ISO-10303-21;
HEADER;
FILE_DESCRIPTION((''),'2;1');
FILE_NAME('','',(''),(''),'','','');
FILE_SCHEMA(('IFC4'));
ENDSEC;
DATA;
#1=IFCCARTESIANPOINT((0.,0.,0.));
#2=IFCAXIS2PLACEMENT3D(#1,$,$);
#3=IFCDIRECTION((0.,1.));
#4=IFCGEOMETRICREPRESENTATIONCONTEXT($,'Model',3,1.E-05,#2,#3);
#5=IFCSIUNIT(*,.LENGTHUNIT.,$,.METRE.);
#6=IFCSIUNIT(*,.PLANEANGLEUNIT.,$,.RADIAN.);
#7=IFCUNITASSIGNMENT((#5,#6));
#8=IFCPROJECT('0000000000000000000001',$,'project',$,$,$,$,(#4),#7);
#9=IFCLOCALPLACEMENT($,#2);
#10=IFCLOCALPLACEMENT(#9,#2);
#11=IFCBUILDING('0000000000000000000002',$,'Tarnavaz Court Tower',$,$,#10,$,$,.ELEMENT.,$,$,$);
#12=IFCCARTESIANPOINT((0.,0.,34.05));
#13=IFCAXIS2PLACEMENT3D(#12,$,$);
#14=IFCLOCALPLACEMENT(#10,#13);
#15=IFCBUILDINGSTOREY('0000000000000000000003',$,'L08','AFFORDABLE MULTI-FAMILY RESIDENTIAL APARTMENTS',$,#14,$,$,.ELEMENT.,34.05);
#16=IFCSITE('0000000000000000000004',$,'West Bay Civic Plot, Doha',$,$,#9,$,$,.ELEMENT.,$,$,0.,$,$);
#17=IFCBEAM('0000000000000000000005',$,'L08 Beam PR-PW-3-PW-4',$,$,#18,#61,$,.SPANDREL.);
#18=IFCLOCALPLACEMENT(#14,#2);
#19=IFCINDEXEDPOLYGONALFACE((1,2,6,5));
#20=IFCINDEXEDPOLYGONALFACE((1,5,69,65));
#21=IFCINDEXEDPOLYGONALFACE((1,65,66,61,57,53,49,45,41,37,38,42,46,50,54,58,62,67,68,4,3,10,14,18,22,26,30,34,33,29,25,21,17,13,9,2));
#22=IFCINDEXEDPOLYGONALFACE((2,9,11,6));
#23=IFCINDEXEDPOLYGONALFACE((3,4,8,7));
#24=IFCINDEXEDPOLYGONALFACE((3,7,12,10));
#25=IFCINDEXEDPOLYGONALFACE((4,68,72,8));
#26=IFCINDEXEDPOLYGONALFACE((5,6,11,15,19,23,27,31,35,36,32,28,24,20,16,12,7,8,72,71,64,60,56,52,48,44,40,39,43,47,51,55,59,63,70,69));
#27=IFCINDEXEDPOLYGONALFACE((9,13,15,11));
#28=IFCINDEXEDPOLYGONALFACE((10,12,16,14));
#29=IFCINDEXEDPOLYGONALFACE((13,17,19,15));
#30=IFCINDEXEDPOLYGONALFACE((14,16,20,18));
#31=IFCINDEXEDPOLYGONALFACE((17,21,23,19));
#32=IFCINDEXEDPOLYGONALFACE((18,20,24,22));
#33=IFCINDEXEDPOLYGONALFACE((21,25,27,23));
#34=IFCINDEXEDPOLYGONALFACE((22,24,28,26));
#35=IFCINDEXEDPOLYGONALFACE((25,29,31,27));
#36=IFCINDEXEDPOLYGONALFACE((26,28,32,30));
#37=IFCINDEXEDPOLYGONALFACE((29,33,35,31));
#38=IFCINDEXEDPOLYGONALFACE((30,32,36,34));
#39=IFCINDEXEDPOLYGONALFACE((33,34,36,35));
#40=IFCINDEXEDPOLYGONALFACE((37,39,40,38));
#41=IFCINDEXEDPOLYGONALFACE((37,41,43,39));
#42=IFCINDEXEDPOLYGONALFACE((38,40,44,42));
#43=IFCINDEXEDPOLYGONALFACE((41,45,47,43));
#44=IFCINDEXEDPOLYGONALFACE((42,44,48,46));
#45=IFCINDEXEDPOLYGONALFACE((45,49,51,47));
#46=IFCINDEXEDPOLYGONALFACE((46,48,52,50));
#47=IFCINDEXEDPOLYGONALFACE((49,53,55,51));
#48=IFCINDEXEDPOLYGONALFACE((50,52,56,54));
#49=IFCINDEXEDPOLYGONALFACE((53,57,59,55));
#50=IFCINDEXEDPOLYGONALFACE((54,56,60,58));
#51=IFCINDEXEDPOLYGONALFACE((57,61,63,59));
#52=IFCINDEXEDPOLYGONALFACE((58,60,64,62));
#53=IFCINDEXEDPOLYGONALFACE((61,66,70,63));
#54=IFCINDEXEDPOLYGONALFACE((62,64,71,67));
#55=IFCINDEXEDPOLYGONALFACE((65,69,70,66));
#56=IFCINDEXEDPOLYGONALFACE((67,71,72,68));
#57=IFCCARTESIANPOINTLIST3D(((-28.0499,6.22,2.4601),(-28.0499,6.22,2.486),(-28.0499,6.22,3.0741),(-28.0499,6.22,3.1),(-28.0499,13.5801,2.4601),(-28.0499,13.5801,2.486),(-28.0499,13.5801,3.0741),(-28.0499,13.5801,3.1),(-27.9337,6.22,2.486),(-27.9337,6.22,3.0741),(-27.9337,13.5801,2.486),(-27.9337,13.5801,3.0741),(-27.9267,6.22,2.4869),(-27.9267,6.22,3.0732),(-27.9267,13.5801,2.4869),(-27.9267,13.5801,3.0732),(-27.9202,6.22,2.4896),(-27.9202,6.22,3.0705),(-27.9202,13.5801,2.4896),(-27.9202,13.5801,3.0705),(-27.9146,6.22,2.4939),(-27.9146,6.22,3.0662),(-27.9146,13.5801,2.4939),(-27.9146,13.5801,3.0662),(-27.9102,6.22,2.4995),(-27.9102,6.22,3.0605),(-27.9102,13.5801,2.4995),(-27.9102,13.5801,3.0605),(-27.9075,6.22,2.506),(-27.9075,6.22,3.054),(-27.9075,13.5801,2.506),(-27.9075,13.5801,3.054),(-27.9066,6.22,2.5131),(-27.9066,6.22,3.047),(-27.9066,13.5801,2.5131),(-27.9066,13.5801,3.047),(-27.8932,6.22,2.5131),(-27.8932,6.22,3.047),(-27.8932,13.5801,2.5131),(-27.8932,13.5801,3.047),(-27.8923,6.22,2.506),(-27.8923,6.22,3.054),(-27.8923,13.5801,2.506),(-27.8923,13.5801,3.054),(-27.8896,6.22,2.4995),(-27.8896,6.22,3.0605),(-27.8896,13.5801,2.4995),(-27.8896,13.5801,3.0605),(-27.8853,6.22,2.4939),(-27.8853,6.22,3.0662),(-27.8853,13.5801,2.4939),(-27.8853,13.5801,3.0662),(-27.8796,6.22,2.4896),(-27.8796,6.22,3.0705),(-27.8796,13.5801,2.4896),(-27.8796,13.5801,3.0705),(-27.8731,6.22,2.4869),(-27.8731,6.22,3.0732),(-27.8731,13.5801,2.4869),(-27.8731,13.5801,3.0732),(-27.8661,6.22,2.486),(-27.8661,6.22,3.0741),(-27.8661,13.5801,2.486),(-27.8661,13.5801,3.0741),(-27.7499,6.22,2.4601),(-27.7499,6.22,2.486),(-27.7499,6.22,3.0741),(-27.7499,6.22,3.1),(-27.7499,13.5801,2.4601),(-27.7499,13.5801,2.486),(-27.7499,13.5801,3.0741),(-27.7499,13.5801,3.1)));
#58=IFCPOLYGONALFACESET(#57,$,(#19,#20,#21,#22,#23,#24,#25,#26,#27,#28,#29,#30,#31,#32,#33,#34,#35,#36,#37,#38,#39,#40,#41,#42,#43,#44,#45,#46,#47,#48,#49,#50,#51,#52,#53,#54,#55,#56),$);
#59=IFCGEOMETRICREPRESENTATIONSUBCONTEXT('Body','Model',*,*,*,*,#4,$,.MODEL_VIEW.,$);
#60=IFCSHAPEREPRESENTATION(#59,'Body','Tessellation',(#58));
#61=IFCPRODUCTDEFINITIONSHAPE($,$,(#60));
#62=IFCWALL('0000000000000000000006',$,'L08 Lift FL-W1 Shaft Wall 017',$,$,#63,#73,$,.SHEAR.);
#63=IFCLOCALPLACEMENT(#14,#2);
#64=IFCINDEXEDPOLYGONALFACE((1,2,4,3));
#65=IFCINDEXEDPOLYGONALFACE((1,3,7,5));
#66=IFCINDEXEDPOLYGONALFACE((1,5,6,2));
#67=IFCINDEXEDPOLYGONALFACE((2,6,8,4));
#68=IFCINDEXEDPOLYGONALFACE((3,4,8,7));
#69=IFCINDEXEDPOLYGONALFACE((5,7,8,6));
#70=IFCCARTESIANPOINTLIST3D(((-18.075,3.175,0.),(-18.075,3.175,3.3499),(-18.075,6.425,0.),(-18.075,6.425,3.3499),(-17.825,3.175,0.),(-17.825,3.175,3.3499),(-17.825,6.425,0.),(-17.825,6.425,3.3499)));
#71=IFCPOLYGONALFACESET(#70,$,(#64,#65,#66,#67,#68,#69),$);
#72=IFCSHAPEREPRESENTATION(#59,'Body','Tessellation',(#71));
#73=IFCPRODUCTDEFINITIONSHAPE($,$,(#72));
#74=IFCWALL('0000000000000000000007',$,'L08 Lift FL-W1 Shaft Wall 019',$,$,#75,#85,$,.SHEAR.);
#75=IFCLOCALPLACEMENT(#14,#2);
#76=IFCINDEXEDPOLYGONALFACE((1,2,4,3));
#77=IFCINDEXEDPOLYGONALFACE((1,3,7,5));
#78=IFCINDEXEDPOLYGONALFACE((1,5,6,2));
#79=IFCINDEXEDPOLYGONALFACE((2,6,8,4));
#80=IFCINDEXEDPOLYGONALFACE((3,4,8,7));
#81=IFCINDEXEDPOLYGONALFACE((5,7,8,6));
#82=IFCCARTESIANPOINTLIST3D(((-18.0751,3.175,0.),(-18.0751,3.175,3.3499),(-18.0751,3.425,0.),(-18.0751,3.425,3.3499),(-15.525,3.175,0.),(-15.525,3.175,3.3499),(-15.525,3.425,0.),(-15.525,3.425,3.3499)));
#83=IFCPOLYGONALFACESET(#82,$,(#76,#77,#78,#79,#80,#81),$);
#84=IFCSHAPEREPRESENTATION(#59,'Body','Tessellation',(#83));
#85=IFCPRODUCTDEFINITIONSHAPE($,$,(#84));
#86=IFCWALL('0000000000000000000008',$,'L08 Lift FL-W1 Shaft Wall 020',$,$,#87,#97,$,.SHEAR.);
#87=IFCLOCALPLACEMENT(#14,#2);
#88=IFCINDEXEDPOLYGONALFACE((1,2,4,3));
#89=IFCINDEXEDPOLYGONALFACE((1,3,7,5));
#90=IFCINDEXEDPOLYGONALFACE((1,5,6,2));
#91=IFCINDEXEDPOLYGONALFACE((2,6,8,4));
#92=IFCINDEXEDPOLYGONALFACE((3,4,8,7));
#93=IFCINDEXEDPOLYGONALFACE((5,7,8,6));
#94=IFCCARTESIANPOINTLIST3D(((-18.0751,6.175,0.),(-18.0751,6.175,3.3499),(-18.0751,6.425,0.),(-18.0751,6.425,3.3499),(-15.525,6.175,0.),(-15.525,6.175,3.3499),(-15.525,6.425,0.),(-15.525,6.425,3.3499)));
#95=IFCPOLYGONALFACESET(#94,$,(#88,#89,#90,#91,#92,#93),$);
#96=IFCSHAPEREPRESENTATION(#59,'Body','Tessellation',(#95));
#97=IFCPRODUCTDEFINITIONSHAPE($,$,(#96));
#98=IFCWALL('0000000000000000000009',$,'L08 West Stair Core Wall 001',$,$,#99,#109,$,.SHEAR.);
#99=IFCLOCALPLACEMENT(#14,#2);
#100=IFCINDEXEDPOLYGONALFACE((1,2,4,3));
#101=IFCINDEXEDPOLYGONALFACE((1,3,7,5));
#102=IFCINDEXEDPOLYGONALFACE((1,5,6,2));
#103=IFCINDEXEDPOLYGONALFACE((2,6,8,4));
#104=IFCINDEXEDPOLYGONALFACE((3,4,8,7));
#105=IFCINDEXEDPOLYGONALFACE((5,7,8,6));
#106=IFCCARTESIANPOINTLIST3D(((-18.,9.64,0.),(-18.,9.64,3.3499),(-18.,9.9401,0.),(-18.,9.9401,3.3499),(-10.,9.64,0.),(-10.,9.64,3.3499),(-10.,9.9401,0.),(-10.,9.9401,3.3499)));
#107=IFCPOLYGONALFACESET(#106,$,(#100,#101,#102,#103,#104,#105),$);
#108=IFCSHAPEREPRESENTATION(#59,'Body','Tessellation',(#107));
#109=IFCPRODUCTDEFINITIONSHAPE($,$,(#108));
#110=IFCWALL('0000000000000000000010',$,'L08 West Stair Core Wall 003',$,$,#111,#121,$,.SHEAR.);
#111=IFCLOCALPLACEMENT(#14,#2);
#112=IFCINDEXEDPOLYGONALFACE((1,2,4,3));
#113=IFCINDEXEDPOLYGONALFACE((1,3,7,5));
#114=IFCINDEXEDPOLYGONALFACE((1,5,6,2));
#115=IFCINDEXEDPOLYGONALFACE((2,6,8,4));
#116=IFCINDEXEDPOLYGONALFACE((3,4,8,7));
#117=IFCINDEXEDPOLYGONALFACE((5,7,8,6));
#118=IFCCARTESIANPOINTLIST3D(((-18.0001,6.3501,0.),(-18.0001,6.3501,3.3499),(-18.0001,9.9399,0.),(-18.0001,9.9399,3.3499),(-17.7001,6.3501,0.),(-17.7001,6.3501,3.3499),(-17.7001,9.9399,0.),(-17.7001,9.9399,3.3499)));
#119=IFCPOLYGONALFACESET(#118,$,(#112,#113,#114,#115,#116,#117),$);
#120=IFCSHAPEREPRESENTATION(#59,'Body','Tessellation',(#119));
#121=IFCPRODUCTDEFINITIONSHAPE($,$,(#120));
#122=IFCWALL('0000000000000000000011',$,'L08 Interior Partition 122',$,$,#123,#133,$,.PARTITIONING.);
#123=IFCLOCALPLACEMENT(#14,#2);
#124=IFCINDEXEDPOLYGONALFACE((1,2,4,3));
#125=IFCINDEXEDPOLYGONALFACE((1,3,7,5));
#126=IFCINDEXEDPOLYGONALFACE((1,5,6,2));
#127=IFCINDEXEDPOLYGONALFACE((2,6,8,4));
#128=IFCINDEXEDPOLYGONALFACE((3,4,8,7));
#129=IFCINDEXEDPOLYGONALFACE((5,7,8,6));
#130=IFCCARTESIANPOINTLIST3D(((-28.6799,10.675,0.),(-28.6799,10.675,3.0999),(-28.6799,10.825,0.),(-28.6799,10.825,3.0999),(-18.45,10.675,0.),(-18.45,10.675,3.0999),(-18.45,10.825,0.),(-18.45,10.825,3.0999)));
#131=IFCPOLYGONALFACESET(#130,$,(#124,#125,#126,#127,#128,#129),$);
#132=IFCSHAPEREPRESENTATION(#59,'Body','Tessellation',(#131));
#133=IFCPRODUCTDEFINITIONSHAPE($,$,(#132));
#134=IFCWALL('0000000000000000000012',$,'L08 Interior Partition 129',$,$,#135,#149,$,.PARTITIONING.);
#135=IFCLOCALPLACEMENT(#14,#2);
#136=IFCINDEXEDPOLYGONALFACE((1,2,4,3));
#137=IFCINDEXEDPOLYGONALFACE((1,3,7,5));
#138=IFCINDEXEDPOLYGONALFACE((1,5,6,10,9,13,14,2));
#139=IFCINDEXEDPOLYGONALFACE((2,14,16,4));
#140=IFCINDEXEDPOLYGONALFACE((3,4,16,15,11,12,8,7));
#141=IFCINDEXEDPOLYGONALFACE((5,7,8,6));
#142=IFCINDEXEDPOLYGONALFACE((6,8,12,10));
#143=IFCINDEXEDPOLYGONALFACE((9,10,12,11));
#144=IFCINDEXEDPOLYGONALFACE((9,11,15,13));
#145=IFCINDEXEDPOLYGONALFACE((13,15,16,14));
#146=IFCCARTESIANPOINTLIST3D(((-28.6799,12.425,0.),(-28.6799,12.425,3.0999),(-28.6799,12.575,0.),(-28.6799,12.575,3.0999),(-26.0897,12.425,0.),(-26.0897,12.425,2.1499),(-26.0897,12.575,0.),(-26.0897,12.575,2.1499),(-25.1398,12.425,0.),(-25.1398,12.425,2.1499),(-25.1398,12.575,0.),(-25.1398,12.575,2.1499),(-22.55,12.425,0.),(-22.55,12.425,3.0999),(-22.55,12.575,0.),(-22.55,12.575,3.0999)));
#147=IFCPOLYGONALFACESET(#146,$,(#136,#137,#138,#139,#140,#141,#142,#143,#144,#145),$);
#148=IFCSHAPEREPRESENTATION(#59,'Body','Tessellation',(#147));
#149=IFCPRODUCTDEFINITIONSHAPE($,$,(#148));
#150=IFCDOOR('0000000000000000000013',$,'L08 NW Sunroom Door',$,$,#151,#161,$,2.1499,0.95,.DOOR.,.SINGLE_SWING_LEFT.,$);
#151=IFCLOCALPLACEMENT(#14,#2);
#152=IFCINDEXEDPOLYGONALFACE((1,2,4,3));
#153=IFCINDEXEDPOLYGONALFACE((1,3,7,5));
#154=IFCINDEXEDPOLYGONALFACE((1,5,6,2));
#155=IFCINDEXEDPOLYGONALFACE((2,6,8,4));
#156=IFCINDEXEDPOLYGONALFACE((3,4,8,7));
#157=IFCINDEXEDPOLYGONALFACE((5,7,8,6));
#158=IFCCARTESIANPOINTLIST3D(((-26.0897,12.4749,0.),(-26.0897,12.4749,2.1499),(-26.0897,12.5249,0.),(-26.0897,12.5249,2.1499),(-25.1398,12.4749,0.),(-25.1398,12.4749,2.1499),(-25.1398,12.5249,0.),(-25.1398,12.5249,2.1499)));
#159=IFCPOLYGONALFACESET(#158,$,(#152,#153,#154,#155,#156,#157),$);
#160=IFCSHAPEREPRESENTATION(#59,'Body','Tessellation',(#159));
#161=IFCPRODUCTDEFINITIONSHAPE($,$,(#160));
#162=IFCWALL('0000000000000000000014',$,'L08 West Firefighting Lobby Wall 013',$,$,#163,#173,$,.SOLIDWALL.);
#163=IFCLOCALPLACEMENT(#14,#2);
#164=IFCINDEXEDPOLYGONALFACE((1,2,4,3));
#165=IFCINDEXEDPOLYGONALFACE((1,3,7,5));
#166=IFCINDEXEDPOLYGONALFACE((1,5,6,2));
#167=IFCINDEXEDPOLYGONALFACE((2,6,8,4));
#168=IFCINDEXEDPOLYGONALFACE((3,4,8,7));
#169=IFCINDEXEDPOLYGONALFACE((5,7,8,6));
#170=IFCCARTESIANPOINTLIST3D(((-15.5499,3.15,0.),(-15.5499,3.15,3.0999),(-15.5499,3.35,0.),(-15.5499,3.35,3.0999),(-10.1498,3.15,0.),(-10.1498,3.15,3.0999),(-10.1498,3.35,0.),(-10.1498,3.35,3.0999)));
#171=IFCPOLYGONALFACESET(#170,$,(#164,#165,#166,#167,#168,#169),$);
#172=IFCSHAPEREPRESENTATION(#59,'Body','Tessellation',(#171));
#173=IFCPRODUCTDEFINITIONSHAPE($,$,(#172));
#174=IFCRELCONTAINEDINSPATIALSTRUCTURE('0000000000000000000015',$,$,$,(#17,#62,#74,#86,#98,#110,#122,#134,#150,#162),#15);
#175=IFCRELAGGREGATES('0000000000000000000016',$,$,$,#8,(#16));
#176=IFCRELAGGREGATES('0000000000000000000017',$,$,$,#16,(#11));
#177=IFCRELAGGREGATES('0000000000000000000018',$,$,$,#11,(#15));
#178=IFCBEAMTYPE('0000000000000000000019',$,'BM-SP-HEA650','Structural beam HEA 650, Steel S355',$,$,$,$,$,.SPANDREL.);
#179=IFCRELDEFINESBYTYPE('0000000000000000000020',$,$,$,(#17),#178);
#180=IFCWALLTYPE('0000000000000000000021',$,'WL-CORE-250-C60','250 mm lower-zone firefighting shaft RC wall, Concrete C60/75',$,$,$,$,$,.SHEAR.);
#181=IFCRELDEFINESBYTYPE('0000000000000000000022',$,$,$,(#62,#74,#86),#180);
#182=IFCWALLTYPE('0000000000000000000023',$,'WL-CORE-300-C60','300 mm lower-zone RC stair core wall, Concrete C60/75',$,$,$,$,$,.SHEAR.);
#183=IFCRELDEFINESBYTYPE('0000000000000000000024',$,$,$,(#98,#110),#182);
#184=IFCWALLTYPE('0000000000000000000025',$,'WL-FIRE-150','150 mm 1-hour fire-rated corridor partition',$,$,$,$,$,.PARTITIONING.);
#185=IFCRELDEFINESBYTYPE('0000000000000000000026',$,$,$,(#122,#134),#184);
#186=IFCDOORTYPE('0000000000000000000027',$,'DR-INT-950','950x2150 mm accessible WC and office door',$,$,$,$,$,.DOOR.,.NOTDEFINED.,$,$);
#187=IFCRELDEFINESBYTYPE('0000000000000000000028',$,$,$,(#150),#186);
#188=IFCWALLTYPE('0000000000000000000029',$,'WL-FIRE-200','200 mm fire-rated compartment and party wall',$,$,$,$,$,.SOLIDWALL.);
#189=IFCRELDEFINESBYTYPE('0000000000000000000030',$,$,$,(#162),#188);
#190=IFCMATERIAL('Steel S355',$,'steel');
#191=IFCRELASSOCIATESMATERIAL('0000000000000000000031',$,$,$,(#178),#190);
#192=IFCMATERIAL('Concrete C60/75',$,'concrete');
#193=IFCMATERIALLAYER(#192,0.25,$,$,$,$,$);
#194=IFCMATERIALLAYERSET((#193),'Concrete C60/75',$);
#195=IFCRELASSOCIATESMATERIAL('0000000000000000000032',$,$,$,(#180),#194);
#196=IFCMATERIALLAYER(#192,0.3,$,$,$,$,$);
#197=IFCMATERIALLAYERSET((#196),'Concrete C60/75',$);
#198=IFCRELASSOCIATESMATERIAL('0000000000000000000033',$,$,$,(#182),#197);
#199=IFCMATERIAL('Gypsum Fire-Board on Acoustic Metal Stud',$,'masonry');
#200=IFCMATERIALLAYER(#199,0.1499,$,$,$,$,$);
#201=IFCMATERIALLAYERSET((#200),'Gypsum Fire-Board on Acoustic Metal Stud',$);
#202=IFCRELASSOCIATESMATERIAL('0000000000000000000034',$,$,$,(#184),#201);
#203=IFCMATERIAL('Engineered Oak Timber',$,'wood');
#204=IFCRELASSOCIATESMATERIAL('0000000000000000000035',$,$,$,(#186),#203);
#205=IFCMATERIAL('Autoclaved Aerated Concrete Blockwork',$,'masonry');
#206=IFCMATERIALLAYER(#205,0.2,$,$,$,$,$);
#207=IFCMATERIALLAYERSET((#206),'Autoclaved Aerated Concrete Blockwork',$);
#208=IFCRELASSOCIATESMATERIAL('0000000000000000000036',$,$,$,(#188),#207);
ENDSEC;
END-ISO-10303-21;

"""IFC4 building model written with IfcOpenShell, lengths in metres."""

from ifc_helpers import new_model, si_unit, direction, frame, frame_2d, origin, origin_2d, place, context, subcontext, project, spatial, rectangle, i_section, extrude, material, layer, layer_set, material_profile, profile_set, type_object, element, fill, save


model = new_model("IFC4")

# Units and contexts
model_context = context("Model", 3, precision=1e-05, world=origin(), true_north=direction((0.0, 1.0)))
body_context = subcontext(model_context, "Body", "Model", "MODEL_VIEW")
ifc_project = project(units=[si_unit("LENGTHUNIT", "METRE"), si_unit("PLANEANGLEUNIT", "RADIAN")], contexts=[model_context])

# Site, building, storey
site_placement = place(None, origin())
site = spatial("IfcSite", under=ifc_project, at=site_placement, Name="West Bay Civic Plot, Doha", CompositionType="ELEMENT", RefElevation=0.0)
building_placement = place(site_placement, origin())
building = spatial("IfcBuilding", under=site, at=building_placement, Name="Tarnavaz Court Tower", CompositionType="ELEMENT")
storey_placement = place(building_placement, frame((0.0, 0.0, 34.05)))
storey = spatial("IfcBuildingStorey", under=building, at=storey_placement, Name="L08", Description="AFFORDABLE MULTI-FAMILY RESIDENTIAL APARTMENTS", CompositionType="ELEMENT", Elevation=34.05)

# Shared definitions
ifc_material_1 = material(Name="Concrete C60/75", Category="concrete")

# Beam
ifc_material_2 = material(Name="Steel S355", Category="steel")
ifc_material_profile_1 = material_profile(ifc_material_2, i_section(OverallWidth=0.3, OverallDepth=0.6399, WebThickness=0.0134, FlangeThickness=0.0259, FilletRadius=0.0271, at=origin_2d()), Name="HEA 650")
ifc_profile_set_1 = profile_set([ifc_material_profile_1], Name="Steel S355")
beam_type_1 = type_object("IfcBeamType", Name="BM-SP-HEA650", Description="Structural beam HEA 650, Steel S355", PredefinedType="SPANDREL", material=ifc_profile_set_1)
beam_1_placement = place(storey_placement, frame((-27.8999, 6.22, 2.78), z_axis=(0.0, 1.0, 0.0), x_axis=(-1.0, 0.0, 0.0)))
element("IfcBeam", 1, at=beam_1_placement, inside=storey, type_object=beam_type_1, Name="L08 Beam PR-PW-3-PW-4", PredefinedType="SPANDREL", context=body_context, shape_type="SweptSolid", body=[
    extrude(i_section(OverallWidth=0.3, OverallDepth=0.6399, WebThickness=0.0134, FlangeThickness=0.0259, FilletRadius=0.0271, at=origin_2d()), origin(), (0.0, 0.0, 1.0), 7.3601),
])

# Wall
ifc_layer_1 = layer(ifc_material_1, 0.25)
ifc_layer_set_1 = layer_set([ifc_layer_1], Name="Concrete C60/75")
wall_type_1 = type_object("IfcWallType", Name="WL-CORE-250-C60", Description="250 mm lower-zone firefighting shaft RC wall, Concrete C60/75", PredefinedType="SHEAR", material=ifc_layer_set_1)
wall_1_placement = place(storey_placement, frame((-17.95, 3.175, 0.0), z_axis=(0.0, 0.0, 1.0), x_axis=(0.0, 1.0, 0.0)))
element("IfcWall", 2, at=wall_1_placement, inside=storey, type_object=wall_type_1, Name="L08 Lift FL-W1 Shaft Wall 017", PredefinedType="SHEAR", context=body_context, shape_type="SweptSolid", body=[
    extrude(rectangle(XDim=3.25, YDim=0.25, at=frame_2d((1.625, 0.0))), origin(), (0.0, 0.0, 1.0), 3.3499),
])

# Walls
for number, where, z_axis, x_axis, name in (
    (3, (-18.075, 3.3, 0.0), (0.0, 0.0, 1.0), (1.0, 0.0, 0.0), "L08 Lift FL-W1 Shaft Wall 019"),
    (4, (-18.075, 6.3, 0.0), (0.0, 0.0, 1.0), (1.0, 0.0, 0.0), "L08 Lift FL-W1 Shaft Wall 020"),
):
    element("IfcWall", number, at=place(storey_placement, frame(where, z_axis=z_axis, x_axis=x_axis)), inside=storey, type_object=wall_type_1, Name=name, PredefinedType="SHEAR", context=body_context, shape_type="SweptSolid", body=[
        extrude(rectangle(XDim=2.55, YDim=0.25, at=frame_2d((1.2749, 0.0))), origin(), (0.0, 0.0, 1.0), 3.3499),
    ])
ifc_layer_2 = layer(ifc_material_1, 0.3)
ifc_layer_set_2 = layer_set([ifc_layer_2], Name="Concrete C60/75")
wall_type_2 = type_object("IfcWallType", Name="WL-CORE-300-C60", Description="300 mm lower-zone RC stair core wall, Concrete C60/75", PredefinedType="SHEAR", material=ifc_layer_set_2)
wall_2_placement = place(storey_placement, frame((-18.0, 9.79, 0.0), z_axis=(0.0, 0.0, 1.0), x_axis=(1.0, 0.0, 0.0)))
element("IfcWall", 5, at=wall_2_placement, inside=storey, type_object=wall_type_2, Name="L08 West Stair Core Wall 001", PredefinedType="SHEAR", context=body_context, shape_type="SweptSolid", body=[
    extrude(rectangle(XDim=8.0, YDim=0.3, at=frame_2d((4.0, 0.0))), origin(), (0.0, 0.0, 1.0), 3.3499),
])

# Walls
wall_3_placement = place(storey_placement, frame((-17.8501, 6.3501, 0.0), z_axis=(0.0, 0.0, 1.0), x_axis=(0.0, 1.0, 0.0)))
element("IfcWall", 6, at=wall_3_placement, inside=storey, type_object=wall_type_2, Name="L08 West Stair Core Wall 003", PredefinedType="SHEAR", context=body_context, shape_type="SweptSolid", body=[
    extrude(rectangle(XDim=3.5898, YDim=0.3, at=frame_2d((1.7949, 0.0))), origin(), (0.0, 0.0, 1.0), 3.3499),
])
ifc_material_3 = material(Name="Gypsum Fire-Board on Acoustic Metal Stud", Category="masonry")
ifc_layer_3 = layer(ifc_material_3, 0.1499)
ifc_layer_set_3 = layer_set([ifc_layer_3], Name="Gypsum Fire-Board on Acoustic Metal Stud")
wall_type_3 = type_object("IfcWallType", Name="WL-FIRE-150", Description="150 mm 1-hour fire-rated corridor partition", PredefinedType="PARTITIONING", material=ifc_layer_set_3)
wall_4_placement = place(storey_placement, frame((-28.6799, 10.75, 0.0), z_axis=(0.0, 0.0, 1.0), x_axis=(1.0, 0.0, 0.0)))
element("IfcWall", 7, at=wall_4_placement, inside=storey, type_object=wall_type_3, Name="L08 Interior Partition 122", PredefinedType="PARTITIONING", context=body_context, shape_type="SweptSolid", body=[
    extrude(rectangle(XDim=10.23, YDim=0.1499, at=frame_2d((5.115, 0.0))), origin(), (0.0, 0.0, 1.0), 3.0999),
])

# Wall, opening, door
wall_5_placement = place(storey_placement, frame((-28.6799, 12.5, 0.0), z_axis=(0.0, 0.0, 1.0), x_axis=(1.0, 0.0, 0.0)))
wall_5 = element("IfcWall", 8, at=wall_5_placement, inside=storey, type_object=wall_type_3, Name="L08 Interior Partition 129", PredefinedType="PARTITIONING", context=body_context, shape_type="SweptSolid", body=[
    extrude(rectangle(XDim=6.1299, YDim=0.1499, at=frame_2d((3.0649, 0.0))), origin(), (0.0, 0.0, 1.0), 3.0999),
])
opening_1_placement = place(wall_5_placement, frame((2.5901, 0.0, 0.0)))
opening_1 = element("IfcOpeningElement", 9, at=opening_1_placement, cuts=wall_5, PredefinedType="OPENING", context=body_context, shape_type="SweptSolid", body=[
    extrude(rectangle(XDim=0.95, YDim=2.1499, at=frame_2d((0.4751, 1.075))), frame((0.0, 0.085, 0.0), z_axis=(0.0, -1.0, 0.0), x_axis=(1.0, 0.0, 0.0)), (0.0, 0.0, 1.0), 0.1699),
])
ifc_material_4 = material(Name="Engineered Oak Timber", Category="wood")
door_type_1 = type_object("IfcDoorType", Name="DR-INT-950", Description="950x2150 mm accessible WC and office door", OperationType="NOTDEFINED", PredefinedType="DOOR", material=ifc_material_4)
door_1_placement = place(opening_1_placement, origin())
door_1 = element("IfcDoor", 10, at=door_1_placement, inside=storey, type_object=door_type_1, Name="L08 NW Sunroom Door", OperationType="SINGLE_SWING_LEFT", OverallHeight=2.1499, OverallWidth=0.95, PredefinedType="DOOR", context=body_context, shape_type="SweptSolid", body=[
    extrude(rectangle(XDim=0.95, YDim=2.1499, at=frame_2d((0.4751, 1.075))), frame((0.0, 0.0249, 0.0), z_axis=(0.0, -1.0, 0.0), x_axis=(1.0, 0.0, 0.0)), (0.0, 0.0, 1.0), 0.05),
])
fill(opening_1, door_1)

# Wall
ifc_material_5 = material(Name="Autoclaved Aerated Concrete Blockwork", Category="masonry")
ifc_layer_4 = layer(ifc_material_5, 0.2)
ifc_layer_set_4 = layer_set([ifc_layer_4], Name="Autoclaved Aerated Concrete Blockwork")
wall_type_4 = type_object("IfcWallType", Name="WL-FIRE-200", Description="200 mm fire-rated compartment and party wall", PredefinedType="SOLIDWALL", material=ifc_layer_set_4)
wall_6_placement = place(storey_placement, frame((-15.55, 3.25, 0.0), z_axis=(0.0, 0.0, 1.0), x_axis=(1.0, 0.0, 0.0)))
element("IfcWall", 11, at=wall_6_placement, inside=storey, type_object=wall_type_4, Name="L08 West Firefighting Lobby Wall 013", PredefinedType="SOLIDWALL", context=body_context, shape_type="SweptSolid", body=[
    extrude(rectangle(XDim=5.4001, YDim=0.2, at=frame_2d((2.7002, 0.0))), origin(), (0.0, 0.0, 1.0), 3.0999),
])

save(model, "model.ifc")
